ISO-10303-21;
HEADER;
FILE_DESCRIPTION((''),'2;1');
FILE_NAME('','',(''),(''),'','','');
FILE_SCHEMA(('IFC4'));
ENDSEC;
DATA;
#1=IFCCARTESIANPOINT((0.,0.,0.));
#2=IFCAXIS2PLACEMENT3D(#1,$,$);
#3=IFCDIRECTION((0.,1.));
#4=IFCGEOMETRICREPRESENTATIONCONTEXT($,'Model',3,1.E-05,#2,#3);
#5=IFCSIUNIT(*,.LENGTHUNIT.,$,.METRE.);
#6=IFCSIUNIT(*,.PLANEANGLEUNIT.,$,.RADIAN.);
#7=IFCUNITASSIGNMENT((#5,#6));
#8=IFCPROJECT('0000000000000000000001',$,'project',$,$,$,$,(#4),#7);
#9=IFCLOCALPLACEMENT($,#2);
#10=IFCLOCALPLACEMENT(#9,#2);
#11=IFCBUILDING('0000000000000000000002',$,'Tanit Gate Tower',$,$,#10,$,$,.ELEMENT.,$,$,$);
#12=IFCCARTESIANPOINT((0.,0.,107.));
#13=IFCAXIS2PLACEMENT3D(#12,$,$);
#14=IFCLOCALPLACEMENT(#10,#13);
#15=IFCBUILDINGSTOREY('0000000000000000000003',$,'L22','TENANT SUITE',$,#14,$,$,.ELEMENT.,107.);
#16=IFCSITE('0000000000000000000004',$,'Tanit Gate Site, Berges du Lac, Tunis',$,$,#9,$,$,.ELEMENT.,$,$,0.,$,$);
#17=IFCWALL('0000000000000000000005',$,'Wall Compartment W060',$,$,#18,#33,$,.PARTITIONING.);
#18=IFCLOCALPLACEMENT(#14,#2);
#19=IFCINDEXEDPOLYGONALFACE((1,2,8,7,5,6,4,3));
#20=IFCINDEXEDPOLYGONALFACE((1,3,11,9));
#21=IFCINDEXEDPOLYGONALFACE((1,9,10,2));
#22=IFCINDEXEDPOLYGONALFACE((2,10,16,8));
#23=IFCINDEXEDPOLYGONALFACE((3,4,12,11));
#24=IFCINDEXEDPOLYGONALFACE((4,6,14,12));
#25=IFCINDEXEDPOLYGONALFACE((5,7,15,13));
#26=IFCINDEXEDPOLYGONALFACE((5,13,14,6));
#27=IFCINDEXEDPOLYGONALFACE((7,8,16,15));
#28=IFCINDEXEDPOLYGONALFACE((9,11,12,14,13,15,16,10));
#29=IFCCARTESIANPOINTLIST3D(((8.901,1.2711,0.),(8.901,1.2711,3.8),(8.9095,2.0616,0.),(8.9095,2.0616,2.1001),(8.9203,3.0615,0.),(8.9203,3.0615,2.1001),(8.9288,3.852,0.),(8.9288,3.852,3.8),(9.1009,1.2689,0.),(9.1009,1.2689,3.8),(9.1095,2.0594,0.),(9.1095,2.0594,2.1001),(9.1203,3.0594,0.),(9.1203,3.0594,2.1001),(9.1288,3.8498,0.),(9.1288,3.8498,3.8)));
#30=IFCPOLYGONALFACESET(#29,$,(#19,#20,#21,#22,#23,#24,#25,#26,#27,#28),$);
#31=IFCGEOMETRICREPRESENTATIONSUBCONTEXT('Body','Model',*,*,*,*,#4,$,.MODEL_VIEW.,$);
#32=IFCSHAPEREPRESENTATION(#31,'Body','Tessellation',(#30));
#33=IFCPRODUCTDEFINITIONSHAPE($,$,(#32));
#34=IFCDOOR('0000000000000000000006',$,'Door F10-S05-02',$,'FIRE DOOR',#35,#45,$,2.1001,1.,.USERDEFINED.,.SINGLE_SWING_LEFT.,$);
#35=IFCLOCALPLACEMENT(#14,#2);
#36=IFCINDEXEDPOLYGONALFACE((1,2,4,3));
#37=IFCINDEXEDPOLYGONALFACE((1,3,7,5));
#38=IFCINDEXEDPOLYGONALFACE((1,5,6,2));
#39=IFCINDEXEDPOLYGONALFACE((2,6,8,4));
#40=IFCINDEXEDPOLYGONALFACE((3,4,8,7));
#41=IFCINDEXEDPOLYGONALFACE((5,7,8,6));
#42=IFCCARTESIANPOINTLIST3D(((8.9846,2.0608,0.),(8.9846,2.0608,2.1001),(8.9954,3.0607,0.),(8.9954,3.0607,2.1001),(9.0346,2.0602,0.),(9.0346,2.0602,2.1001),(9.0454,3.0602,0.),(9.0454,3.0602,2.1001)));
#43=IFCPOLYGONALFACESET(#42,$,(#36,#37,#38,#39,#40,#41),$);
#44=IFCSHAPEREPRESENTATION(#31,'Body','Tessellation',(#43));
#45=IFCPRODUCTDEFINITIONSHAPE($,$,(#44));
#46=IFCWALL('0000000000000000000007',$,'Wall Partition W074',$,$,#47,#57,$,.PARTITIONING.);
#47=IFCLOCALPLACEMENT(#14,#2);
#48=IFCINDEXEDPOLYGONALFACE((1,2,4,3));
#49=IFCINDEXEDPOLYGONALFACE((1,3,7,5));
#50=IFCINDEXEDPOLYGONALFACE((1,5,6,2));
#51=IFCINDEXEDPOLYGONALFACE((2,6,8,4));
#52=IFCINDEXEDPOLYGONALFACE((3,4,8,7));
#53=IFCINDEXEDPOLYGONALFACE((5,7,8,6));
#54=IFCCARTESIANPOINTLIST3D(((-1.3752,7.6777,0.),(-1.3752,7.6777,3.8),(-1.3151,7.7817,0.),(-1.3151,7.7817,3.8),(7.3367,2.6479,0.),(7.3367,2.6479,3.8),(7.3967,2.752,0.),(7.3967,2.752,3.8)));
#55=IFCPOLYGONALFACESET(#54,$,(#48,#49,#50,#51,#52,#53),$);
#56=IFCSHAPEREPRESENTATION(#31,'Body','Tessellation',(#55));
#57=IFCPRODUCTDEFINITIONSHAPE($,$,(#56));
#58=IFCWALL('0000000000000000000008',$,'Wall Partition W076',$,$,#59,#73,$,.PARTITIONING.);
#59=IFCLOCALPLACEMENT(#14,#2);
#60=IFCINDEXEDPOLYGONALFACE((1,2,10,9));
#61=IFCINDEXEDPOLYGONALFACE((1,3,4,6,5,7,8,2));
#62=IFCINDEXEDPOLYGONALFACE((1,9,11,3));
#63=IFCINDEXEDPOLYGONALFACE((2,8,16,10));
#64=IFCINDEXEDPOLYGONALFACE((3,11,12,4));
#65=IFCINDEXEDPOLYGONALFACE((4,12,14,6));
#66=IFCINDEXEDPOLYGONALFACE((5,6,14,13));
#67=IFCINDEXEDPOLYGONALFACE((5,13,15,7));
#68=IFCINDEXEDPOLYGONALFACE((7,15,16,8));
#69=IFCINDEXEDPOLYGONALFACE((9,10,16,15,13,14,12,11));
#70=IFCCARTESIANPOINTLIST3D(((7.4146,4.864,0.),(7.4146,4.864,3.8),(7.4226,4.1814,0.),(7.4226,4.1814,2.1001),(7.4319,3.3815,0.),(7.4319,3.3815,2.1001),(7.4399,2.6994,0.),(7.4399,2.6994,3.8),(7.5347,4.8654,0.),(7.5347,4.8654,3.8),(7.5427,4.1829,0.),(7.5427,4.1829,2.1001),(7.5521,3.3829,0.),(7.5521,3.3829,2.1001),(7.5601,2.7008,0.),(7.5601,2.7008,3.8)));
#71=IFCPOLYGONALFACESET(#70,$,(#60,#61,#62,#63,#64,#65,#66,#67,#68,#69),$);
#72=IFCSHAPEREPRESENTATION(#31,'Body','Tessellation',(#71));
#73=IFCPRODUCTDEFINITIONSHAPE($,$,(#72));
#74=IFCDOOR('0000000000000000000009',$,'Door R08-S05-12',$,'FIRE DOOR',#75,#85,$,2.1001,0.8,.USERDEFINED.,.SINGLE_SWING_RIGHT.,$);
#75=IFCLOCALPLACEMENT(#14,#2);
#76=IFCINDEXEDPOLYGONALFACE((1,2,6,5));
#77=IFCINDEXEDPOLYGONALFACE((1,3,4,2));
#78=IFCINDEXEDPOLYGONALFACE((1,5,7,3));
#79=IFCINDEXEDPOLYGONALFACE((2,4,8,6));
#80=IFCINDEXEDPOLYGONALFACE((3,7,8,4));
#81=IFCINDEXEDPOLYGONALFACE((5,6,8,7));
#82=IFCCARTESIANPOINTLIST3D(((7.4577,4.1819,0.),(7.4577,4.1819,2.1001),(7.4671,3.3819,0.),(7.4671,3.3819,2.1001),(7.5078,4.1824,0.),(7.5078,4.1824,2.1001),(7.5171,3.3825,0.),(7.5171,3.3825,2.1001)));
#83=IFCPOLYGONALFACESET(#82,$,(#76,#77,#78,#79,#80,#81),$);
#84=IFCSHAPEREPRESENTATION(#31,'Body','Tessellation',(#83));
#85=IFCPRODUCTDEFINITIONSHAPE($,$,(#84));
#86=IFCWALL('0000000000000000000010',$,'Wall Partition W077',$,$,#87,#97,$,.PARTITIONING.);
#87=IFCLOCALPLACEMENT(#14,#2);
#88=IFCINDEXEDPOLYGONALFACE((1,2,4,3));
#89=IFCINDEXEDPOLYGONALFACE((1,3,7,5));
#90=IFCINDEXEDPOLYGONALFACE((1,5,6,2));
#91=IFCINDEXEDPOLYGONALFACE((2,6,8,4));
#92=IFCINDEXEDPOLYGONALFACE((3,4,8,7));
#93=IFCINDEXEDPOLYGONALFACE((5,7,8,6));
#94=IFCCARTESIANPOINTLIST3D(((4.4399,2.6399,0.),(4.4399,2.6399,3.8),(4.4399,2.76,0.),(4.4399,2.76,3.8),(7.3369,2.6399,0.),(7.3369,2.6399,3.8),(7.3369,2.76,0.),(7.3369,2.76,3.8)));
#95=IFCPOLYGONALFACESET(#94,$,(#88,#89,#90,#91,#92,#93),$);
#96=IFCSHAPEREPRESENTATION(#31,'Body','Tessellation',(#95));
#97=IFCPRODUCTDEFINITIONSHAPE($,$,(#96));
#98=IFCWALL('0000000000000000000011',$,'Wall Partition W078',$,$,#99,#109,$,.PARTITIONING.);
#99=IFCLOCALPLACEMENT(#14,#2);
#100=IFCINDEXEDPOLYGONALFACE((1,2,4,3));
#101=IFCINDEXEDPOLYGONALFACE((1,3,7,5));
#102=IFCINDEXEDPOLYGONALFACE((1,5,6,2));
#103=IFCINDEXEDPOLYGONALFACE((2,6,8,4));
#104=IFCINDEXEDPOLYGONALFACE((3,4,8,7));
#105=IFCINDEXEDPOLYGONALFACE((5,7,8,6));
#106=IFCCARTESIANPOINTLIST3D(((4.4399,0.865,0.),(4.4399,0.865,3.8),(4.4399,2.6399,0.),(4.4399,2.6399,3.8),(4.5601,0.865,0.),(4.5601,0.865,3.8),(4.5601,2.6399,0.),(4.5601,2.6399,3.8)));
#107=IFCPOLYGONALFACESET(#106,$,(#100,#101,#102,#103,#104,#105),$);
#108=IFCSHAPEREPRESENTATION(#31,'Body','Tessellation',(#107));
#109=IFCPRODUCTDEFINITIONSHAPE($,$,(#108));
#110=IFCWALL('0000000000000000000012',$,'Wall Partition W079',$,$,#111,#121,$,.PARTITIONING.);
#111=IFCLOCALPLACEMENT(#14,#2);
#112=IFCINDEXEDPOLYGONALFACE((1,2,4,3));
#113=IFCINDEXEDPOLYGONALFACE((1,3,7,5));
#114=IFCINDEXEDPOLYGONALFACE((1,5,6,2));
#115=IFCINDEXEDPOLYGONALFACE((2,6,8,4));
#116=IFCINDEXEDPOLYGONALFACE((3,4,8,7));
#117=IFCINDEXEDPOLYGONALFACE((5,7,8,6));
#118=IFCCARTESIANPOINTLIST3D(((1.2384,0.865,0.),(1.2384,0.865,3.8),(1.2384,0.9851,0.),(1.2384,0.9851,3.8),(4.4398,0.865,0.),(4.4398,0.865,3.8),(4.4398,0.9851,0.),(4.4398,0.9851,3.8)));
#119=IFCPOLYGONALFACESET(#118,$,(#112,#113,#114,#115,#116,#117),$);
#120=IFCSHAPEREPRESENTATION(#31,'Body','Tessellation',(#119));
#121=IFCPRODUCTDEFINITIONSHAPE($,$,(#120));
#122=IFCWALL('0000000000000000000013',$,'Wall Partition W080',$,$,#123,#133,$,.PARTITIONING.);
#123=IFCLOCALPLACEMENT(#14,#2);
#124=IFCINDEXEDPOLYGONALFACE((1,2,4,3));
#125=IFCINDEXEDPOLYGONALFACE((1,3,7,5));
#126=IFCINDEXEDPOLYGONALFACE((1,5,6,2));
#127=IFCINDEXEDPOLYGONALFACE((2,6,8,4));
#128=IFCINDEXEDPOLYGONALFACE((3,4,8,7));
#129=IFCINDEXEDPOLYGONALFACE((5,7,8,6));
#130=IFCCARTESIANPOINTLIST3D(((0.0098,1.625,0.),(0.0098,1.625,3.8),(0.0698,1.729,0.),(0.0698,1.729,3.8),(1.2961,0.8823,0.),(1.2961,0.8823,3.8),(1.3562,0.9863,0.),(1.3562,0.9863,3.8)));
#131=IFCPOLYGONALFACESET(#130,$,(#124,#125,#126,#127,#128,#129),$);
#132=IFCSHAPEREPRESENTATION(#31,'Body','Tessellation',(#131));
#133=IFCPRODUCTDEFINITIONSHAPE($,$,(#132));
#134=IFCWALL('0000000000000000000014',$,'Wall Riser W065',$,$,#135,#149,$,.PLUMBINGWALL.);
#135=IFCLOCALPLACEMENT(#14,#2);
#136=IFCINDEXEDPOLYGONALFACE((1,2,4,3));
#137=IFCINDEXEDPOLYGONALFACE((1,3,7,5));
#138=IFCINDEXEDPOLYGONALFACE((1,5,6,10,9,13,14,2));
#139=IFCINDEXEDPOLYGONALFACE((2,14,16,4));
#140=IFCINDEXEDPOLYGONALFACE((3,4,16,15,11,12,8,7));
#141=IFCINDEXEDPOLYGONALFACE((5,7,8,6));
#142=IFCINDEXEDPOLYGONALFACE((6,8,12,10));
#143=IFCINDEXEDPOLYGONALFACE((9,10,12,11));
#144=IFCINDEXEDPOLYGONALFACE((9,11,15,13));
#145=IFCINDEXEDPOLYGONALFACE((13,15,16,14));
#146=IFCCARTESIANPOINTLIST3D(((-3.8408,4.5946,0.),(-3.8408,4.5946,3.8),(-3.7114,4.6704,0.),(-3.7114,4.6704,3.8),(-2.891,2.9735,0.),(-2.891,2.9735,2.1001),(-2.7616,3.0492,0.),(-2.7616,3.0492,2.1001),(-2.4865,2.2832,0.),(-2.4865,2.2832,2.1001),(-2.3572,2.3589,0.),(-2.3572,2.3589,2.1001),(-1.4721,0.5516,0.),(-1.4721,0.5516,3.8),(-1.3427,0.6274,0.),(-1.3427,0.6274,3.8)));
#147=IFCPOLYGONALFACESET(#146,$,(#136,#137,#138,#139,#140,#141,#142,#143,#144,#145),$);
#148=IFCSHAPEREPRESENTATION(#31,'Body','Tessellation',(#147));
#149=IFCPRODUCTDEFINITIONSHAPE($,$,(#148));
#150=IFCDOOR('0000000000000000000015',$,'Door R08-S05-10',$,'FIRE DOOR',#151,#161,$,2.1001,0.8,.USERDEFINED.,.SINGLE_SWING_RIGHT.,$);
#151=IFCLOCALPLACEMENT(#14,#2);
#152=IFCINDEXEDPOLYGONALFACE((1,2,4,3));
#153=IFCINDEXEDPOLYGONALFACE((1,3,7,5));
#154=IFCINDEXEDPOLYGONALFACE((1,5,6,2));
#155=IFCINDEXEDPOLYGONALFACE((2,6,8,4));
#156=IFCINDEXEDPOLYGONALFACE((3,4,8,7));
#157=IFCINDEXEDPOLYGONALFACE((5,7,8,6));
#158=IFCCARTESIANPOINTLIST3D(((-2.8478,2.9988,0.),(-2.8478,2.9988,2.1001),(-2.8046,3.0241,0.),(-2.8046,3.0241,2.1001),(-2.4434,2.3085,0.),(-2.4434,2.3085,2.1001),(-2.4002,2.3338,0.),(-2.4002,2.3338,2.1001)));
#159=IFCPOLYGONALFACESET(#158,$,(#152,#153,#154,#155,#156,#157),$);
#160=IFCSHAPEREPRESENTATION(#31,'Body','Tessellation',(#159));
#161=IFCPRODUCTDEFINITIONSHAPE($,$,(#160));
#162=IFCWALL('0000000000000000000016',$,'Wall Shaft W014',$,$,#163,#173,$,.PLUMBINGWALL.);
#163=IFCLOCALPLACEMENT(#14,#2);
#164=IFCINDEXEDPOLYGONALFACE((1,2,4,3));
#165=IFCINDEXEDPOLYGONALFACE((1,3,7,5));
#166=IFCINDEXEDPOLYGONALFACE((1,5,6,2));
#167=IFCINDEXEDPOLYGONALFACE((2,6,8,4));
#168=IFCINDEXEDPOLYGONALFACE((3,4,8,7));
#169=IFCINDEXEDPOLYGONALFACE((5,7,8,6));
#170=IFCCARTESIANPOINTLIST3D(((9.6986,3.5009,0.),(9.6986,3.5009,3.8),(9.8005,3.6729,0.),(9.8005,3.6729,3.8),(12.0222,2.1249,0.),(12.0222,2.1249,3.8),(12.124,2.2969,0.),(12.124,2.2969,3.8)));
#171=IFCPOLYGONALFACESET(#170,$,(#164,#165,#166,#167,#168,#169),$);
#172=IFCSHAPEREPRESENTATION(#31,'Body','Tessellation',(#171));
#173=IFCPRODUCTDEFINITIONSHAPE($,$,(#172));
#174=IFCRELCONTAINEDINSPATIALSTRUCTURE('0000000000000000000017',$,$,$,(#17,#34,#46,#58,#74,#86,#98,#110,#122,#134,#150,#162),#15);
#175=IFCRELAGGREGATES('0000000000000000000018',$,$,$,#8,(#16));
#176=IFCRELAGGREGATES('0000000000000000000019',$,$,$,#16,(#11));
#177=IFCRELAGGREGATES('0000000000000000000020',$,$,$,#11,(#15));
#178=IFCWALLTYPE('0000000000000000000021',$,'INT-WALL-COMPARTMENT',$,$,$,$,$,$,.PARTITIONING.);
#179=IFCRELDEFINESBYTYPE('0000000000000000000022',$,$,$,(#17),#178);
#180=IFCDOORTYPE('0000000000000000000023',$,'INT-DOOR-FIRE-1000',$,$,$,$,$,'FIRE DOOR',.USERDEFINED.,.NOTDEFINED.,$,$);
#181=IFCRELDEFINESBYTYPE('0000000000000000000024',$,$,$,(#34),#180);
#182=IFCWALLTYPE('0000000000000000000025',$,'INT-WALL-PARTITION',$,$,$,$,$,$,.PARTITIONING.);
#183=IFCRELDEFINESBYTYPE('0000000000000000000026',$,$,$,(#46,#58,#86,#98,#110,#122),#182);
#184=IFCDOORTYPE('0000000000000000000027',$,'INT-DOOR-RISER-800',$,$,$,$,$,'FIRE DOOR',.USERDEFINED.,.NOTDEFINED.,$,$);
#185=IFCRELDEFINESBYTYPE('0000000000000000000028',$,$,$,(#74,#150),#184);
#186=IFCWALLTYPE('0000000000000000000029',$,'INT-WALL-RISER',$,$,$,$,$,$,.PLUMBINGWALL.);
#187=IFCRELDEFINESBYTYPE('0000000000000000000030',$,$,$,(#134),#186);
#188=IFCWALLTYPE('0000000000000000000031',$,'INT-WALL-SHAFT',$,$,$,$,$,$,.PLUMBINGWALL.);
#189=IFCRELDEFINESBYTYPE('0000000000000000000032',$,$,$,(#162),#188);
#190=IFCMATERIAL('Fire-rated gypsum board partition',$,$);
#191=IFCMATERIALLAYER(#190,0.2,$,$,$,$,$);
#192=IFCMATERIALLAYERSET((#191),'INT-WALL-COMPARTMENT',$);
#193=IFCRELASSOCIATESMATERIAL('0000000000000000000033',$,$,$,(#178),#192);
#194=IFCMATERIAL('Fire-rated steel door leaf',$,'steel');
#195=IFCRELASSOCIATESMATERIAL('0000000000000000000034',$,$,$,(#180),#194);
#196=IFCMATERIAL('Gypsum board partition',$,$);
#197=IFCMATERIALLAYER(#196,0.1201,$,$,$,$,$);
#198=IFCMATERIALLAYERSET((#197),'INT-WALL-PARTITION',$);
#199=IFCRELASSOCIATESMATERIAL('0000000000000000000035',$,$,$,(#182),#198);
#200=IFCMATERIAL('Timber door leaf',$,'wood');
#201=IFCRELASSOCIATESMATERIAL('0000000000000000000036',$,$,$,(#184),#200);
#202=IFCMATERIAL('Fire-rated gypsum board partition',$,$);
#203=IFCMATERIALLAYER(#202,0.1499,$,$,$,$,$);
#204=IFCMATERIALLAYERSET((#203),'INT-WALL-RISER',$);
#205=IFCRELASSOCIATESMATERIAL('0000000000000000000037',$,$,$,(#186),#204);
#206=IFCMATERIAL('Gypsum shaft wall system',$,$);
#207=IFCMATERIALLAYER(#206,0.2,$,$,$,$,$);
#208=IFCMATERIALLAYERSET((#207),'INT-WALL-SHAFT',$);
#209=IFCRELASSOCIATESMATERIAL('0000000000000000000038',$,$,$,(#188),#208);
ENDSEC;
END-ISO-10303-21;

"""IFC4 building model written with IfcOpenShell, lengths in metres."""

from ifc_helpers import new_model, si_unit, direction, frame, frame_2d, origin, place, context, subcontext, project, spatial, rectangle, extrude, material, layer, layer_set, type_object, element, fill, save


model = new_model("IFC4")

# Units and contexts
model_context = context("Model", 3, precision=1e-05, world=origin(), true_north=direction((0.0, 1.0)))
body_context = subcontext(model_context, "Body", "Model", "MODEL_VIEW")
ifc_project = project(units=[si_unit("LENGTHUNIT", "METRE"), si_unit("PLANEANGLEUNIT", "RADIAN")], contexts=[model_context])

# Site, building, storey
site_placement = place(None, origin())
site = spatial("IfcSite", under=ifc_project, at=site_placement, Name="Tanit Gate Site, Berges du Lac, Tunis", CompositionType="ELEMENT", RefElevation=0.0)
building_placement = place(site_placement, origin())
building = spatial("IfcBuilding", under=site, at=building_placement, Name="Tanit Gate Tower", CompositionType="ELEMENT")
storey_placement = place(building_placement, frame((0.0, 0.0, 107.0)))
storey = spatial("IfcBuildingStorey", under=building, at=storey_placement, Name="L22", Description="TENANT SUITE", CompositionType="ELEMENT", Elevation=107.0)

# Wall, opening, door
ifc_material_1 = material(Name="Fire-rated gypsum board partition")
ifc_layer_1 = layer(ifc_material_1, 0.2)
ifc_layer_set_1 = layer_set([ifc_layer_1], Name="INT-WALL-COMPARTMENT")
wall_type_1 = type_object("IfcWallType", Name="INT-WALL-COMPARTMENT", PredefinedType="PARTITIONING", material=ifc_layer_set_1)
wall_1_placement = place(storey_placement, frame((9.001, 1.27, 0.0), z_axis=(0.0, 0.0, 1.0), x_axis=(0.010784, 0.999942, 0.0)))
wall_1 = element("IfcWall", 1, at=wall_1_placement, inside=storey, type_object=wall_type_1, Name="Wall Compartment W060", PredefinedType="PARTITIONING", context=body_context, shape_type="SweptSolid", body=[
    extrude(rectangle(XDim=2.5811, YDim=0.2, at=frame_2d((1.2905, 0.0))), origin(), (0.0, 0.0, 1.0), 3.8),
])
opening_1_placement = place(wall_1_placement, frame((0.7905, 0.0, 0.0)))
opening_1 = element("IfcOpeningElement", 2, at=opening_1_placement, cuts=wall_1, PredefinedType="OPENING", context=body_context, shape_type="SweptSolid", body=[
    extrude(rectangle(XDim=1.0, YDim=2.1001, at=frame_2d((0.5, 1.05))), frame((0.0, 0.1099, 0.0), z_axis=(0.0, -1.0, 0.0), x_axis=(1.0, 0.0, 0.0)), (0.0, 0.0, 1.0), 0.22),
])
ifc_material_2 = material(Name="Fire-rated steel door leaf", Category="steel")
door_type_1 = type_object("IfcDoorType", Name="INT-DOOR-FIRE-1000", ElementType="FIRE DOOR", OperationType="NOTDEFINED", PredefinedType="USERDEFINED", material=ifc_material_2)
door_1_placement = place(opening_1_placement, origin())
door_1 = element("IfcDoor", 3, at=door_1_placement, inside=storey, type_object=door_type_1, Name="Door F10-S05-02", ObjectType="FIRE DOOR", OperationType="SINGLE_SWING_LEFT", OverallHeight=2.1001, OverallWidth=1.0, PredefinedType="USERDEFINED", context=body_context, shape_type="SweptSolid", body=[
    extrude(rectangle(XDim=1.0, YDim=2.1001, at=frame_2d((0.5, 1.05))), frame((0.0, 0.0249, 0.0), z_axis=(0.0, -1.0, 0.0), x_axis=(1.0, 0.0, 0.0)), (0.0, 0.0, 1.0), 0.05),
])
fill(opening_1, door_1)

# Wall
ifc_material_3 = material(Name="Gypsum board partition")
ifc_layer_2 = layer(ifc_material_3, 0.1201)
ifc_layer_set_2 = layer_set([ifc_layer_2], Name="INT-WALL-PARTITION")
wall_type_2 = type_object("IfcWallType", Name="INT-WALL-PARTITION", PredefinedType="PARTITIONING", material=ifc_layer_set_2)
wall_2_placement = place(storey_placement, frame((7.3667, 2.7, 0.0), z_axis=(0.0, 0.0, 1.0), x_axis=(-0.866027, 0.499997, 0.0)))
element("IfcWall", 4, at=wall_2_placement, inside=storey, type_object=wall_type_2, Name="Wall Partition W074", PredefinedType="PARTITIONING", context=body_context, shape_type="SweptSolid", body=[
    extrude(rectangle(XDim=10.0596, YDim=0.1201, at=frame_2d((5.0298, 0.0))), origin(), (0.0, 0.0, 1.0), 3.8),
])

# Wall, opening, door
wall_3_placement = place(storey_placement, frame((7.5, 2.7, 0.0), z_axis=(0.0, 0.0, 1.0), x_axis=(-0.011729, 0.999931, 0.0)))
wall_3 = element("IfcWall", 5, at=wall_3_placement, inside=storey, type_object=wall_type_2, Name="Wall Partition W076", PredefinedType="PARTITIONING", context=body_context, shape_type="SweptSolid", body=[
    extrude(rectangle(XDim=2.1648, YDim=0.1201, at=frame_2d((1.0825, 0.0))), origin(), (0.0, 0.0, 1.0), 3.8),
])
opening_2_placement = place(wall_3_placement, frame((0.6824, 0.0, 0.0)))
opening_2 = element("IfcOpeningElement", 6, at=opening_2_placement, cuts=wall_3, PredefinedType="OPENING", context=body_context, shape_type="SweptSolid", body=[
    extrude(rectangle(XDim=0.8, YDim=2.1001, at=frame_2d((0.3999, 1.05))), frame((0.0, 0.0701, 0.0), z_axis=(0.0, -1.0, 0.0), x_axis=(1.0, 0.0, 0.0)), (0.0, 0.0, 1.0), 0.1401),
])
ifc_material_4 = material(Name="Timber door leaf", Category="wood")
door_type_2 = type_object("IfcDoorType", Name="INT-DOOR-RISER-800", ElementType="FIRE DOOR", OperationType="NOTDEFINED", PredefinedType="USERDEFINED", material=ifc_material_4)
door_2_placement = place(opening_2_placement, origin())
door_2 = element("IfcDoor", 7, at=door_2_placement, inside=storey, type_object=door_type_2, Name="Door R08-S05-12", ObjectType="FIRE DOOR", OperationType="SINGLE_SWING_RIGHT", OverallHeight=2.1001, OverallWidth=0.8, PredefinedType="USERDEFINED", context=body_context, shape_type="SweptSolid", body=[
    extrude(rectangle(XDim=0.8, YDim=2.1001, at=frame_2d((0.3999, 1.05))), frame((0.0, 0.0249, 0.0), z_axis=(0.0, -1.0, 0.0), x_axis=(1.0, 0.0, 0.0)), (0.0, 0.0, 1.0), 0.05),
])
fill(opening_2, door_2)

# Walls
wall_4_placement = place(storey_placement, frame((4.4399, 2.7, 0.0), z_axis=(0.0, 0.0, 1.0), x_axis=(1.0, 0.0, 0.0)))
element("IfcWall", 8, at=wall_4_placement, inside=storey, type_object=wall_type_2, Name="Wall Partition W077", PredefinedType="PARTITIONING", context=body_context, shape_type="SweptSolid", body=[
    extrude(rectangle(XDim=2.897, YDim=0.1201, at=frame_2d((1.4485, 0.0))), origin(), (0.0, 0.0, 1.0), 3.8),
])
wall_5_placement = place(storey_placement, frame((4.5, 0.865, 0.0), z_axis=(0.0, 0.0, 1.0), x_axis=(0.0, 1.0, 0.0)))
element("IfcWall", 9, at=wall_5_placement, inside=storey, type_object=wall_type_2, Name="Wall Partition W078", PredefinedType="PARTITIONING", context=body_context, shape_type="SweptSolid", body=[
    extrude(rectangle(XDim=1.7749, YDim=0.1201, at=frame_2d((0.8875, 0.0))), origin(), (0.0, 0.0, 1.0), 3.8),
])
wall_6_placement = place(storey_placement, frame((1.2385, 0.925, 0.0), z_axis=(0.0, 0.0, 1.0), x_axis=(1.0, 0.0, 0.0)))
element("IfcWall", 10, at=wall_6_placement, inside=storey, type_object=wall_type_2, Name="Wall Partition W079", PredefinedType="PARTITIONING", context=body_context, shape_type="SweptSolid", body=[
    extrude(rectangle(XDim=3.2014, YDim=0.1201, at=frame_2d((1.6006, 0.0))), origin(), (0.0, 0.0, 1.0), 3.8),
])
wall_7_placement = place(storey_placement, frame((0.0398, 1.677, 0.0), z_axis=(0.0, 0.0, 1.0), x_axis=(0.86603, -0.499993, 0.0)))
element("IfcWall", 11, at=wall_7_placement, inside=storey, type_object=wall_type_2, Name="Wall Partition W080", PredefinedType="PARTITIONING", context=body_context, shape_type="SweptSolid", body=[
    extrude(rectangle(XDim=1.4854, YDim=0.1201, at=frame_2d((0.7427, 0.0))), origin(), (0.0, 0.0, 1.0), 3.8),
])

# Wall, opening, door
ifc_material_5 = material(Name="Fire-rated gypsum board partition")
ifc_layer_3 = layer(ifc_material_5, 0.1499)
ifc_layer_set_3 = layer_set([ifc_layer_3], Name="INT-WALL-RISER")
wall_type_3 = type_object("IfcWallType", Name="INT-WALL-RISER", PredefinedType="PLUMBINGWALL", material=ifc_layer_set_3)
wall_8_placement = place(storey_placement, frame((-1.4075, 0.5896, 0.0), z_axis=(0.0, 0.0, 1.0), x_axis=(-0.505503, 0.862825, 0.0)))
wall_8 = element("IfcWall", 12, at=wall_8_placement, inside=storey, type_object=wall_type_3, Name="Wall Riser W065", PredefinedType="PLUMBINGWALL", context=body_context, shape_type="SweptSolid", body=[
    extrude(rectangle(XDim=4.6858, YDim=0.1499, at=frame_2d((2.3428, 0.0))), origin(), (0.0, 0.0, 1.0), 3.8),
])
opening_3_placement = place(wall_8_placement, frame((2.0068, 0.0, 0.0)))
opening_3 = element("IfcOpeningElement", 13, at=opening_3_placement, cuts=wall_8, PredefinedType="OPENING", context=body_context, shape_type="SweptSolid", body=[
    extrude(rectangle(XDim=0.8, YDim=2.1001, at=frame_2d((0.3999, 1.05))), frame((0.0, 0.085, 0.0), z_axis=(0.0, -1.0, 0.0), x_axis=(1.0, 0.0, 0.0)), (0.0, 0.0, 1.0), 0.1699),
])
door_3_placement = place(opening_3_placement, origin())
door_3 = element("IfcDoor", 14, at=door_3_placement, inside=storey, type_object=door_type_2, Name="Door R08-S05-10", ObjectType="FIRE DOOR", OperationType="SINGLE_SWING_RIGHT", OverallHeight=2.1001, OverallWidth=0.8, PredefinedType="USERDEFINED", context=body_context, shape_type="SweptSolid", body=[
    extrude(rectangle(XDim=0.8, YDim=2.1001, at=frame_2d((0.3999, 1.05))), frame((0.0, 0.0249, 0.0), z_axis=(0.0, -1.0, 0.0), x_axis=(1.0, 0.0, 0.0)), (0.0, 0.0, 1.0), 0.05),
])
fill(opening_3, door_3)

# Wall
ifc_material_6 = material(Name="Gypsum shaft wall system")
ifc_layer_4 = layer(ifc_material_6, 0.2)
ifc_layer_set_4 = layer_set([ifc_layer_4], Name="INT-WALL-SHAFT")
wall_type_4 = type_object("IfcWallType", Name="INT-WALL-SHAFT", PredefinedType="PLUMBINGWALL", material=ifc_layer_set_4)
wall_9_placement = place(storey_placement, frame((12.073, 2.2109, 0.0), z_axis=(0.0, 0.0, 1.0), x_axis=(-0.860438, 0.509555, 0.0)))
element("IfcWall", 15, at=wall_9_placement, inside=storey, type_object=wall_type_4, Name="Wall Shaft W014", PredefinedType="PLUMBINGWALL", context=body_context, shape_type="SweptSolid", body=[
    extrude(rectangle(XDim=2.7004, YDim=0.2, at=frame_2d((1.3501, 0.0))), origin(), (0.0, 0.0, 1.0), 3.8),
])

save(model, "model.ifc")
